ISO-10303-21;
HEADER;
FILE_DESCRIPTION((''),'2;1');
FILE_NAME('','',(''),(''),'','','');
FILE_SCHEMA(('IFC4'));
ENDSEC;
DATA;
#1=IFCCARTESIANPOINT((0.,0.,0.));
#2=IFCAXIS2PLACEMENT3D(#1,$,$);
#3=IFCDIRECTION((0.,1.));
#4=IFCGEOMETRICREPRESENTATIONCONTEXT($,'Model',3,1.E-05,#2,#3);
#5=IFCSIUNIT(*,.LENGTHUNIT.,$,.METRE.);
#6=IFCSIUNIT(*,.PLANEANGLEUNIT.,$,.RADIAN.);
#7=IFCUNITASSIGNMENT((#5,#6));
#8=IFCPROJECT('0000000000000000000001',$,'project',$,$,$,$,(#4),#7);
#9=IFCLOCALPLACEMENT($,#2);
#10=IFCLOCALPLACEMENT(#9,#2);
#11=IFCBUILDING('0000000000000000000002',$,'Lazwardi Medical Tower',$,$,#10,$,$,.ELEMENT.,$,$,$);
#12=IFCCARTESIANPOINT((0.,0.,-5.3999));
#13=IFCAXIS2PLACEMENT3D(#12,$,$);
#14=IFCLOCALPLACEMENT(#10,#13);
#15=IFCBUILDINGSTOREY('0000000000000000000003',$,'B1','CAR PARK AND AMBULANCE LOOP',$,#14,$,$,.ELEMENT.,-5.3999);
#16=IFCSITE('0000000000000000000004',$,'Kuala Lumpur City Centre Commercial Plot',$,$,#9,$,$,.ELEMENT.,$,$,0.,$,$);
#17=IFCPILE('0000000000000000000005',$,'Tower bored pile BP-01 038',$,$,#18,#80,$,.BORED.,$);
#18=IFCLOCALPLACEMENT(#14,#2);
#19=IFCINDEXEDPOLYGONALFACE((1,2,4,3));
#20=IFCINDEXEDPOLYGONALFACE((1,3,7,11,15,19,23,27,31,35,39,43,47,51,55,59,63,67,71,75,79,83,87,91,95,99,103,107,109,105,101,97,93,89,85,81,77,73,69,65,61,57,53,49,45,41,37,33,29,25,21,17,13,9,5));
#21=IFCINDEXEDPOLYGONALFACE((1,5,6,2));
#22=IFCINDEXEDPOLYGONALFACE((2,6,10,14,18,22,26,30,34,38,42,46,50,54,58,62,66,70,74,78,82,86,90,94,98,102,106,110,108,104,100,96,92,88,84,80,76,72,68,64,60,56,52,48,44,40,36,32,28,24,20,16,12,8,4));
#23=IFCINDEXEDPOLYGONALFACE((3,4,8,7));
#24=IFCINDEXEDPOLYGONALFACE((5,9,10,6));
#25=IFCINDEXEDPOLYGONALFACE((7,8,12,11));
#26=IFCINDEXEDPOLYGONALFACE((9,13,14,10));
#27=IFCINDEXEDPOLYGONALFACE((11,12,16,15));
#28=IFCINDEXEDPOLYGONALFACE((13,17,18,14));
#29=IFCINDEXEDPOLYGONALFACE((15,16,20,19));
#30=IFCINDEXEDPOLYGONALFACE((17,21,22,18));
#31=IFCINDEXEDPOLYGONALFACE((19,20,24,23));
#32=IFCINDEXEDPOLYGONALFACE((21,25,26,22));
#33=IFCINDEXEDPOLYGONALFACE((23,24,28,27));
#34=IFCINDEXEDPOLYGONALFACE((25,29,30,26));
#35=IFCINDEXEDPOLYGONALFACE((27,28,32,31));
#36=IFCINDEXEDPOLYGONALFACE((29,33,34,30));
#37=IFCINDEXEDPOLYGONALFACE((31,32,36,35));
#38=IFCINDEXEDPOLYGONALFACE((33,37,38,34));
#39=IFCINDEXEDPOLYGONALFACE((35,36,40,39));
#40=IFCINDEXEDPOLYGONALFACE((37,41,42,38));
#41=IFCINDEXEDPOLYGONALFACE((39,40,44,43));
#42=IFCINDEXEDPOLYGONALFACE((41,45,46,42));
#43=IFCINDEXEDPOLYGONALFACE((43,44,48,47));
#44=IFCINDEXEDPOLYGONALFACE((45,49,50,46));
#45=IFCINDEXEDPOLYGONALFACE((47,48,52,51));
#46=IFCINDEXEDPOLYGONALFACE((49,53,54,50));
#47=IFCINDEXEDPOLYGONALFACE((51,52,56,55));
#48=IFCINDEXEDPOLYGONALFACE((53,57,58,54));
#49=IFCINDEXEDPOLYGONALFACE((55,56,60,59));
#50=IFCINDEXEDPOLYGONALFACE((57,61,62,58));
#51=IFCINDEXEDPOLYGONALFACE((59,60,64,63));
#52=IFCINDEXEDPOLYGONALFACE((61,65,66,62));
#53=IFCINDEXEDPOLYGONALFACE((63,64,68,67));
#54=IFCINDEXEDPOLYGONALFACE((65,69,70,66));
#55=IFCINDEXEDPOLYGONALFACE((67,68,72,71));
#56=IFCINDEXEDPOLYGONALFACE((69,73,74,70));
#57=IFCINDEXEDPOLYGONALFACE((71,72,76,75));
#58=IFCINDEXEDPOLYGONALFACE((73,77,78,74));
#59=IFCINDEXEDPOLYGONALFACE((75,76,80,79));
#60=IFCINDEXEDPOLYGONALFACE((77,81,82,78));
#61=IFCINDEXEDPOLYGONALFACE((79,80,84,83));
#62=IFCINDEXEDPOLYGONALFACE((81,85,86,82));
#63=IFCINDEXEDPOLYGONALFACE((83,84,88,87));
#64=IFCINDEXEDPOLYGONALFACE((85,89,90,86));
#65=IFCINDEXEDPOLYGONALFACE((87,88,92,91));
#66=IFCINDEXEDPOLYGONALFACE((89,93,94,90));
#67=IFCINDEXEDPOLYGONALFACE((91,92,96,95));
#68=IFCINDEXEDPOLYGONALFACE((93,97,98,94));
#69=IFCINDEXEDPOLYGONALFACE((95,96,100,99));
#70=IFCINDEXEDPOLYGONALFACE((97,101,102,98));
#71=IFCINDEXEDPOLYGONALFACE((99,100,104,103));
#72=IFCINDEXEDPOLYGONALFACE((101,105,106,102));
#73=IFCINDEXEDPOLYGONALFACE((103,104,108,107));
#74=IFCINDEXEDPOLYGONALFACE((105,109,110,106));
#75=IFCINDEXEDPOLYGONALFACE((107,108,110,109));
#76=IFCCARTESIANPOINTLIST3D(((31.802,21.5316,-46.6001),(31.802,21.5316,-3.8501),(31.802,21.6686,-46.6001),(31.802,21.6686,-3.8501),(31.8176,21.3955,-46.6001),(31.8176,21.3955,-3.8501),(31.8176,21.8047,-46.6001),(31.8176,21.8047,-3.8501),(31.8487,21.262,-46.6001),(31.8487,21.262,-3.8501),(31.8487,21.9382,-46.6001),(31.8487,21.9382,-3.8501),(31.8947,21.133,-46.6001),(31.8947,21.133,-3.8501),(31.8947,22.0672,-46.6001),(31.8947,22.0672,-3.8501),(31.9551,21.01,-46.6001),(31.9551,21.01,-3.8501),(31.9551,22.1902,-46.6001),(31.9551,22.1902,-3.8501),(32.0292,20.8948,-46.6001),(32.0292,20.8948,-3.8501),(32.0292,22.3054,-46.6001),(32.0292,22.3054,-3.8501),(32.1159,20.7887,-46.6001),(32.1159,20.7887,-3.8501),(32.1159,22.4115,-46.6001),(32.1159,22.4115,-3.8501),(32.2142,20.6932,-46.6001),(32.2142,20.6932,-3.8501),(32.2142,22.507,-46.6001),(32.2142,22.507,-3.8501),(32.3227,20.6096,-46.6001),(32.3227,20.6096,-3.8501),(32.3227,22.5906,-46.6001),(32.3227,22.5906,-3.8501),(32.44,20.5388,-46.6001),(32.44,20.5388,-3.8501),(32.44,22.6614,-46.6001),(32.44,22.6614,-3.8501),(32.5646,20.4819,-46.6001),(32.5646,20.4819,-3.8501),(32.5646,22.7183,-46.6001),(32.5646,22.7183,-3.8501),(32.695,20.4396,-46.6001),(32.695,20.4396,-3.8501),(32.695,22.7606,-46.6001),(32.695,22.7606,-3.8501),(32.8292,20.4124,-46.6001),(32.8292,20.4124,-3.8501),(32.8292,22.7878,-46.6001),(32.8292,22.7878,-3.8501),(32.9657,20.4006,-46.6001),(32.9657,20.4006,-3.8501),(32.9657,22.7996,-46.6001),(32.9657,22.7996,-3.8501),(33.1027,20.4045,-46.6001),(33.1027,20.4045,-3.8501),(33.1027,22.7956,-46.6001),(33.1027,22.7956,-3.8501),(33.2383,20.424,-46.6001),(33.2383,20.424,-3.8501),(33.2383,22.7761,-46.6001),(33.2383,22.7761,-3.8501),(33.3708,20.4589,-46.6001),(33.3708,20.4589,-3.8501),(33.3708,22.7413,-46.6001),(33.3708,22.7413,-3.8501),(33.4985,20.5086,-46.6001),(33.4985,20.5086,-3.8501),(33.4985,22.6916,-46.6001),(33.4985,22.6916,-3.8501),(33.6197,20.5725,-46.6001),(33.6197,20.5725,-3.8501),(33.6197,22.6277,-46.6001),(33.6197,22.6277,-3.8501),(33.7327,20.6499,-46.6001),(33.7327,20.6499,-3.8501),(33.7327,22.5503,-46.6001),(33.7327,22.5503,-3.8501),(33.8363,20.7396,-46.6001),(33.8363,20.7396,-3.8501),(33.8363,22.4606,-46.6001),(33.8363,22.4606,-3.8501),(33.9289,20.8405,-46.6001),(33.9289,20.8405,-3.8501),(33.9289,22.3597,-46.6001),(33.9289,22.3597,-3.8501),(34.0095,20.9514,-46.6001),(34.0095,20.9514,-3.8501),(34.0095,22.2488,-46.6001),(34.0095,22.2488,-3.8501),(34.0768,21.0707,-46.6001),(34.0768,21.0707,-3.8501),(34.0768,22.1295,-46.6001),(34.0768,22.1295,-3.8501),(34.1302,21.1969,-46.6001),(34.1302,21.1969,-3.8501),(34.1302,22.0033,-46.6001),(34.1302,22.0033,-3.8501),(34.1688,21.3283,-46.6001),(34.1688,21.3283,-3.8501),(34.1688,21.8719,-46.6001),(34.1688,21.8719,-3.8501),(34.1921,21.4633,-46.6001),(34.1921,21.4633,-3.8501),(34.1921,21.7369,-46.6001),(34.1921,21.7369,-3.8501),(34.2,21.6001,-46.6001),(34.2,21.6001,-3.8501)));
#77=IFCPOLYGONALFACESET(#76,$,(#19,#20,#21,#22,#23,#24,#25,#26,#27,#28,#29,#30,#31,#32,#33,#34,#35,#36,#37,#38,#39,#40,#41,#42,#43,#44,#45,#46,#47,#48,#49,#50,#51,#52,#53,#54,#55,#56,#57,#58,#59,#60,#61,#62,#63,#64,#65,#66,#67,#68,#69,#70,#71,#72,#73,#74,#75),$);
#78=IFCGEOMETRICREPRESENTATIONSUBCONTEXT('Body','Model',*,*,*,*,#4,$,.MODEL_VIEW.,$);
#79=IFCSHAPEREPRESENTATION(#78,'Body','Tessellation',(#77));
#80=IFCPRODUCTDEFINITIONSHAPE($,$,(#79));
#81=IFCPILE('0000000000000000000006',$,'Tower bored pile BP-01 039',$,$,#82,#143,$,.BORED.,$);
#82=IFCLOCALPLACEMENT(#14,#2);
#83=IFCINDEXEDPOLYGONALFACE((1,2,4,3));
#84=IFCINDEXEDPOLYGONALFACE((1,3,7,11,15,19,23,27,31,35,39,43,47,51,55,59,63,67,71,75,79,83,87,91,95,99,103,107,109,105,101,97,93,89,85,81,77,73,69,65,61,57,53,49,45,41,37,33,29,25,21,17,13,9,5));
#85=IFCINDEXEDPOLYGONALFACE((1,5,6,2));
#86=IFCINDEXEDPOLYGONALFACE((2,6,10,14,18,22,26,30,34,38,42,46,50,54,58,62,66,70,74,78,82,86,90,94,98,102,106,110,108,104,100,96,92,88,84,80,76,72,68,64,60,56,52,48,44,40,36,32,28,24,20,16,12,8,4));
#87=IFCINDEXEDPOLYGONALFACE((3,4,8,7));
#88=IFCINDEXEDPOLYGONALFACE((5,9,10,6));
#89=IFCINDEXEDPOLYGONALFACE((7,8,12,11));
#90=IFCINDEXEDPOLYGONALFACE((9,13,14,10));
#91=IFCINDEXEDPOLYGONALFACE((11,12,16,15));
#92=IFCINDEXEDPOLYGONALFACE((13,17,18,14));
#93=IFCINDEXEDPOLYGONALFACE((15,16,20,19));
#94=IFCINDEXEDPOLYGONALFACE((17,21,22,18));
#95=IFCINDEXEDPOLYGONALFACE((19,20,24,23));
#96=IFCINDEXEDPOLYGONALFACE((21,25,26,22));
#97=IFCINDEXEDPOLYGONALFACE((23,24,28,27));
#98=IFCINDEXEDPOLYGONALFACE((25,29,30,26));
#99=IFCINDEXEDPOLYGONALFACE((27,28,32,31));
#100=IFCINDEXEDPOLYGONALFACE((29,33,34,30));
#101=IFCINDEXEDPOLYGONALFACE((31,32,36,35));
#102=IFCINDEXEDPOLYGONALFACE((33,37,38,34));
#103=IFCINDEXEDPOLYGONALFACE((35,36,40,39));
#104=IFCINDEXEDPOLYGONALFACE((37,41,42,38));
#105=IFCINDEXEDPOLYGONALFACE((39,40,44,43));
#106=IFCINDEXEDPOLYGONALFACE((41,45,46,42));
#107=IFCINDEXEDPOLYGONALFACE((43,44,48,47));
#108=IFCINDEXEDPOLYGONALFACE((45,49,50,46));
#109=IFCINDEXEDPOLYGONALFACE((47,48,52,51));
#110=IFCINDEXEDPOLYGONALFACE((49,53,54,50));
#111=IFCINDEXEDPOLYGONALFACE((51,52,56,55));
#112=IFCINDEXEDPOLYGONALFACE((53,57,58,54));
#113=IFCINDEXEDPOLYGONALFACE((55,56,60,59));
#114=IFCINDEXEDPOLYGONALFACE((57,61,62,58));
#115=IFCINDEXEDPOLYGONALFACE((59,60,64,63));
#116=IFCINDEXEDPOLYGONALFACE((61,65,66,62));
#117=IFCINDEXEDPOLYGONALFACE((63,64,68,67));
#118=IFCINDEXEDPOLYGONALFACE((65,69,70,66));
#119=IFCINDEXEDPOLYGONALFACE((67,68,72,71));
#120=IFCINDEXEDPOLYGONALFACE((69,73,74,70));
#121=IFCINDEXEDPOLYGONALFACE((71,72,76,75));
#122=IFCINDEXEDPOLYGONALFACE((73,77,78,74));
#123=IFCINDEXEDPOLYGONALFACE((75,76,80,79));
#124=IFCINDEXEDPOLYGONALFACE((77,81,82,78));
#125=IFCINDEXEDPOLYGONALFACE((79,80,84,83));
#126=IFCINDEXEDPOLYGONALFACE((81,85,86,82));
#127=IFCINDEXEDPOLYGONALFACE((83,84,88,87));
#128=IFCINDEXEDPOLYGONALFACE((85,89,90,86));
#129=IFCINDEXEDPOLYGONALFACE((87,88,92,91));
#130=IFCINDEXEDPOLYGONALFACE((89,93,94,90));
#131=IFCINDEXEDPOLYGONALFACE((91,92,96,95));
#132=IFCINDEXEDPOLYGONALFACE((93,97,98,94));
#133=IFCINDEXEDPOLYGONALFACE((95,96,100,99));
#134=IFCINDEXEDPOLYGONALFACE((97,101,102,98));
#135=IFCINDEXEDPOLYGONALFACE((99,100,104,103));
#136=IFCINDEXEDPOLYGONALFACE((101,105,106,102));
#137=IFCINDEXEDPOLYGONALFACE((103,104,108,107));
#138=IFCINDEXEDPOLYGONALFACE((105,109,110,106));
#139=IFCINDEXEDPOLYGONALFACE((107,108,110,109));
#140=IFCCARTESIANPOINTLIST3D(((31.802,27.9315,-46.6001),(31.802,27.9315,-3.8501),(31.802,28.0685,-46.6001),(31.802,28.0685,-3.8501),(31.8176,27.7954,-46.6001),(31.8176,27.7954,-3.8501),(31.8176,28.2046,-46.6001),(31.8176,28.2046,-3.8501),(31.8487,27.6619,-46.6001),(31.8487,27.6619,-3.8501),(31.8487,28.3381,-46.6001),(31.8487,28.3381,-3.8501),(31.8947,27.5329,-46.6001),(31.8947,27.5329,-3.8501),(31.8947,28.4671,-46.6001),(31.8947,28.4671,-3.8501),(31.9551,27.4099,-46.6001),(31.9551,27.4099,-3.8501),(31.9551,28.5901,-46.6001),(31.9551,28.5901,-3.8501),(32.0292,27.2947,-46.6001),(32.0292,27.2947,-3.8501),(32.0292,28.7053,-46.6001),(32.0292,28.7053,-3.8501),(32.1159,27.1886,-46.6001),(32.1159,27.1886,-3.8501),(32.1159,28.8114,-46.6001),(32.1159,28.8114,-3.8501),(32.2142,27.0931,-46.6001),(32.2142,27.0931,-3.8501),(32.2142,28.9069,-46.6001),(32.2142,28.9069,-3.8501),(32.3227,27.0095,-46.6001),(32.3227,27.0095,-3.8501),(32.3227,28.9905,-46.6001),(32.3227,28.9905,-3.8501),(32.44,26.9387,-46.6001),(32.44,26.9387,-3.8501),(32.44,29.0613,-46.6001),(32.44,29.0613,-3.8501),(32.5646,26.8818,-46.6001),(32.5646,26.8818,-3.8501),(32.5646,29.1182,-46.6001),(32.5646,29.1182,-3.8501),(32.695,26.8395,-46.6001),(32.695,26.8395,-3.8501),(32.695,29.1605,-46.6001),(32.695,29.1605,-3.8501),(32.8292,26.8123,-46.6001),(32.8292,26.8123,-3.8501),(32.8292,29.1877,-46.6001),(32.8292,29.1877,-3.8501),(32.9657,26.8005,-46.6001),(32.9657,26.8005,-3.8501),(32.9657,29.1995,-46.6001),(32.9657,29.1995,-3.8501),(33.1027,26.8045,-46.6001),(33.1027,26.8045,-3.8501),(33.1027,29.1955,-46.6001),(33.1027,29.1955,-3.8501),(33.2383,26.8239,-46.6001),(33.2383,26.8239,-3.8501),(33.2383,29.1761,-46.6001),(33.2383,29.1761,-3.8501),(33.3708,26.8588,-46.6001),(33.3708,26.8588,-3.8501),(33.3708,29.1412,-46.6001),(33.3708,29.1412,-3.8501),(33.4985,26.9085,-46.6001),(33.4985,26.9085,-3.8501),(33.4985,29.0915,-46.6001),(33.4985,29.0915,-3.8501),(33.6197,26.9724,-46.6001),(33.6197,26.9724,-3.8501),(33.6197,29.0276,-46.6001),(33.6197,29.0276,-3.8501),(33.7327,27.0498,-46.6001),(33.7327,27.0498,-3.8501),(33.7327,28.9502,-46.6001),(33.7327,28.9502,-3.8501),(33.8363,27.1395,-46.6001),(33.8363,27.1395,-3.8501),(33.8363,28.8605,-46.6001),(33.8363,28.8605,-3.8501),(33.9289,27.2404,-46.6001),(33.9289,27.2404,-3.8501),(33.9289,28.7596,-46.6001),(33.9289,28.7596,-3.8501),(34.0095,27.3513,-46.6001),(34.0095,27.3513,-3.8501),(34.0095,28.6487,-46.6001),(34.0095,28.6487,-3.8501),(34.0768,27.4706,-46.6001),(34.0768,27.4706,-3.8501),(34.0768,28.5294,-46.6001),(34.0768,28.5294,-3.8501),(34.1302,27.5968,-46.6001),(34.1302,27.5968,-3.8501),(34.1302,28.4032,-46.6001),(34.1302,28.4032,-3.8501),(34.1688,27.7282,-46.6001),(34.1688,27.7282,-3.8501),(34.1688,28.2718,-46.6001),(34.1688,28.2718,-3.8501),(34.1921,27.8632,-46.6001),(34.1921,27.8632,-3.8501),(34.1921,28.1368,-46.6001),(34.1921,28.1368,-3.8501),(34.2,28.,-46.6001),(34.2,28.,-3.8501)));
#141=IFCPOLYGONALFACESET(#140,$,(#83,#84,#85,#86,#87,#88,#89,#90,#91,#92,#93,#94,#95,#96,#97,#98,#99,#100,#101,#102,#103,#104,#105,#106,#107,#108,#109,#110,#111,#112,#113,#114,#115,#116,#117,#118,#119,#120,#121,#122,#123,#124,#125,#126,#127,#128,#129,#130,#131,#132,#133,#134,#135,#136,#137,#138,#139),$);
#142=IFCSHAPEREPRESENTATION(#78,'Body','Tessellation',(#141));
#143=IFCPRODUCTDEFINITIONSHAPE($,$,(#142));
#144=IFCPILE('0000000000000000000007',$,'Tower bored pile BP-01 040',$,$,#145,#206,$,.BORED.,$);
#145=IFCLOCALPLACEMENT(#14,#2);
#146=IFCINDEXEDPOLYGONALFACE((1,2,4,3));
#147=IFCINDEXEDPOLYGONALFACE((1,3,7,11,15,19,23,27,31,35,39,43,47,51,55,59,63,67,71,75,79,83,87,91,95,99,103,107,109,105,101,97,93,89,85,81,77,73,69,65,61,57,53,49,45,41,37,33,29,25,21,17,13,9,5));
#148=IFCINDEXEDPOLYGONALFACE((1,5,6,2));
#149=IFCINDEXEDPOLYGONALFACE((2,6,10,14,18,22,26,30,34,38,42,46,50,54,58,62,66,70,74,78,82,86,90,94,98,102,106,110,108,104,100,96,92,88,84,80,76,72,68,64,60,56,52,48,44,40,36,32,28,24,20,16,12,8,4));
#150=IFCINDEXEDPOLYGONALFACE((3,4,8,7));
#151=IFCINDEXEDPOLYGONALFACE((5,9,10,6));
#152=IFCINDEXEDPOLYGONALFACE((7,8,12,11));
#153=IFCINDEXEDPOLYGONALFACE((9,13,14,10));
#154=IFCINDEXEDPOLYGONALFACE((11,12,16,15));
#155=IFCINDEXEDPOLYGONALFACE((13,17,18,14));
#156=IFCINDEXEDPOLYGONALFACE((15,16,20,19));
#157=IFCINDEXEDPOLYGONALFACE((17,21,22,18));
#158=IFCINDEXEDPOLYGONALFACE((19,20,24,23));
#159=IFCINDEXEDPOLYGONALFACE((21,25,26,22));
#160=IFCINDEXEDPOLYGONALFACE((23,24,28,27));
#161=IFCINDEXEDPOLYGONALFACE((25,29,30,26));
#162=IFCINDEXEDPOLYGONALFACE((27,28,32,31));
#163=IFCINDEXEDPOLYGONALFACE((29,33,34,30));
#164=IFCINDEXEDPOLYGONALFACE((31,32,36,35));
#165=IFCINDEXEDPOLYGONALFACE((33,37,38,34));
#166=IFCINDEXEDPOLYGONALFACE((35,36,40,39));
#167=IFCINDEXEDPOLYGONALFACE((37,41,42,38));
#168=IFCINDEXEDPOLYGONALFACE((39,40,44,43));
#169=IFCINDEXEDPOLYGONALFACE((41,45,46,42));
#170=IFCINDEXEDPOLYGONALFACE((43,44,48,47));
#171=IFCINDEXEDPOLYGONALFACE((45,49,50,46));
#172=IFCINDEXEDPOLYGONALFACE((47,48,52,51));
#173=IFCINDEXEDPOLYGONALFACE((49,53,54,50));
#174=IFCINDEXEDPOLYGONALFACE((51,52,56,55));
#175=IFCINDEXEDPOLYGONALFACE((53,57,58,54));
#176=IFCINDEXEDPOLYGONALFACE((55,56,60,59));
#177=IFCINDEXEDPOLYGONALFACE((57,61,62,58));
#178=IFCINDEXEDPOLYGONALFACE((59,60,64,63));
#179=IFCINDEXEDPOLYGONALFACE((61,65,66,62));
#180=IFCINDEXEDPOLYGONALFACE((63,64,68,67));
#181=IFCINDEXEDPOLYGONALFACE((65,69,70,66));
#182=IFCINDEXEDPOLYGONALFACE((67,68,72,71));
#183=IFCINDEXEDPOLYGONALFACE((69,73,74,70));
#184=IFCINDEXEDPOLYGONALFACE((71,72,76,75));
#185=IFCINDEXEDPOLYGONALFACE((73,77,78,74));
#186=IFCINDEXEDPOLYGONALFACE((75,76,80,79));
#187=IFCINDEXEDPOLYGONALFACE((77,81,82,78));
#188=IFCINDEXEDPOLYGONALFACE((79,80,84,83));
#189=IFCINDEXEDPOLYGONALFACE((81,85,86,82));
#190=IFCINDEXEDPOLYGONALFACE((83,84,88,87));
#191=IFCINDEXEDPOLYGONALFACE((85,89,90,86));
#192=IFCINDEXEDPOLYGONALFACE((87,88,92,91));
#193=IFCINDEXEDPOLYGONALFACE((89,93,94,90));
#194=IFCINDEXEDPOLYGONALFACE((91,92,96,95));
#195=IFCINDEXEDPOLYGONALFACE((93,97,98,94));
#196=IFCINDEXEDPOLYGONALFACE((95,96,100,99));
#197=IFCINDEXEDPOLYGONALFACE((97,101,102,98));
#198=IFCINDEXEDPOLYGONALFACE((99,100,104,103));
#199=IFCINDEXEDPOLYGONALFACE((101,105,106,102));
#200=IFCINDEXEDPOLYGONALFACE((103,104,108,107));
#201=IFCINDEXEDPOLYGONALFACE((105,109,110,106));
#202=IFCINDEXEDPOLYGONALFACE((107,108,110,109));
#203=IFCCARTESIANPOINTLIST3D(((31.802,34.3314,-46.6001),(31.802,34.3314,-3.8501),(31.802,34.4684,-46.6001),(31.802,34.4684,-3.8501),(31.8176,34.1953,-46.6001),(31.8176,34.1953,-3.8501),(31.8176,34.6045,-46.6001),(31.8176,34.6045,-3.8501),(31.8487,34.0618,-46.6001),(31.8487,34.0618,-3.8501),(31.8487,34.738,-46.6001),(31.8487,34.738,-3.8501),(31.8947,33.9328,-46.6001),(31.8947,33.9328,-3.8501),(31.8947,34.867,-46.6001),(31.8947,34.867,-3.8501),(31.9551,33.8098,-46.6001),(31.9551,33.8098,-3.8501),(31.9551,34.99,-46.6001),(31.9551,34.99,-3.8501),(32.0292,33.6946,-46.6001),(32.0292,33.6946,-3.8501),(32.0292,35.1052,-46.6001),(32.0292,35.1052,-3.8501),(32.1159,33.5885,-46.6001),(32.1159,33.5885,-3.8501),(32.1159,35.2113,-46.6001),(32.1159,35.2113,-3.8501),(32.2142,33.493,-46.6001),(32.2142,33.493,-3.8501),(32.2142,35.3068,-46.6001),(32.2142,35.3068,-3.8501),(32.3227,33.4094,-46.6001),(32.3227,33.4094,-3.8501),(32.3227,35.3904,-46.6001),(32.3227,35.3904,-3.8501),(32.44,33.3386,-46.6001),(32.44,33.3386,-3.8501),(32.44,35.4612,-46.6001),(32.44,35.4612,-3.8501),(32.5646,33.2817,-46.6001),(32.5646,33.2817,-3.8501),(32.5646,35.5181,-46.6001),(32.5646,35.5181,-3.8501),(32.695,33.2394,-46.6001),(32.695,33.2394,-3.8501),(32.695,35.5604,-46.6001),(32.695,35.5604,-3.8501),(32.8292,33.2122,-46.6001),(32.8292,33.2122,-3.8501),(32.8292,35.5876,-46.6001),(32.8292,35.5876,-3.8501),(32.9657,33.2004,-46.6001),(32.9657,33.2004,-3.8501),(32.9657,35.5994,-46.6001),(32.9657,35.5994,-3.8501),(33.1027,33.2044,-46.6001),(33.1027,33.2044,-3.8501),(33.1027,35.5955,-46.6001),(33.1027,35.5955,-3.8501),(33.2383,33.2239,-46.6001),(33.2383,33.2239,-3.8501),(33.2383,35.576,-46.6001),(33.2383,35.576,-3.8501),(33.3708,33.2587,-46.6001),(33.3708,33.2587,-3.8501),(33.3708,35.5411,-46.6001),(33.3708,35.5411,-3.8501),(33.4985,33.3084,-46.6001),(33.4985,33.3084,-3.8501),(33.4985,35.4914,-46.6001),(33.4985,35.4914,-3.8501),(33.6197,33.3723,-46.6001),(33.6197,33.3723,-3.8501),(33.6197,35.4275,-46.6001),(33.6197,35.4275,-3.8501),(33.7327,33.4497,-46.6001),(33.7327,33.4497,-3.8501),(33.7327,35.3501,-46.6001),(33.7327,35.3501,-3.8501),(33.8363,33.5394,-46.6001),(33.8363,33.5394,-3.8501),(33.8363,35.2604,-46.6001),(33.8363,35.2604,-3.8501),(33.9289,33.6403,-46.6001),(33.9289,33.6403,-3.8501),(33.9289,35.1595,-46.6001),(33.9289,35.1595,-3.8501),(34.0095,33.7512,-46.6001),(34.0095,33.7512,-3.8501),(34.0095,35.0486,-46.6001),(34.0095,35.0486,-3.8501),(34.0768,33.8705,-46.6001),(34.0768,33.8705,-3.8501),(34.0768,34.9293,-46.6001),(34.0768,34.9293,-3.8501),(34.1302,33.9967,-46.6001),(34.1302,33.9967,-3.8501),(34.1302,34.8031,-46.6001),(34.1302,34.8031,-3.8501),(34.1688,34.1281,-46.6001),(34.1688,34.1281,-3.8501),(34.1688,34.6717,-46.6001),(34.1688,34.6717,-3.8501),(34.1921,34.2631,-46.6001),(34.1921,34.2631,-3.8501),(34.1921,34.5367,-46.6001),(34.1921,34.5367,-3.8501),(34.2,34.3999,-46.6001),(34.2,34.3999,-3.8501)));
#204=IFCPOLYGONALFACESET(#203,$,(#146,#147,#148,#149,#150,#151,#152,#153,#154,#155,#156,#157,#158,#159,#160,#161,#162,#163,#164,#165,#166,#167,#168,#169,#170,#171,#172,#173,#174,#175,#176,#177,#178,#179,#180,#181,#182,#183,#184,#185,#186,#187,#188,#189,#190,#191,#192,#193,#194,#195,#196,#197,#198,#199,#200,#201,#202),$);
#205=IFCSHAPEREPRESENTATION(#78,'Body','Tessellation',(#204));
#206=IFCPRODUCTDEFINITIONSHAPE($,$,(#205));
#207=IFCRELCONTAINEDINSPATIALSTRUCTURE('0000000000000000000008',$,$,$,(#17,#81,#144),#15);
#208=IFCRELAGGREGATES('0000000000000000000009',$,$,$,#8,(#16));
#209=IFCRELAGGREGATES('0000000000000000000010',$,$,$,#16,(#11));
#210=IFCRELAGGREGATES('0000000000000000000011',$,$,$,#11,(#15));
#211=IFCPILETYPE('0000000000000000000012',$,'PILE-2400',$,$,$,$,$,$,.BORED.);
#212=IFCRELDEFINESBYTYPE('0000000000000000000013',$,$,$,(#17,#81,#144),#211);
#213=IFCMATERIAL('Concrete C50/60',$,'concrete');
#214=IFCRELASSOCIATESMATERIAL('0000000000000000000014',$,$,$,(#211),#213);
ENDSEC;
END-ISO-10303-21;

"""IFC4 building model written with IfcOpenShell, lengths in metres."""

from ifc_helpers import new_model, si_unit, direction, frame, origin, origin_2d, place, context, subcontext, project, spatial, circle, extrude, material, material_profile, profile_set, type_object, element, save


model = new_model("IFC4")

# Units and contexts
model_context = context("Model", 3, precision=1e-05, world=origin(), true_north=direction((0.0, 1.0)))
body_context = subcontext(model_context, "Body", "Model", "MODEL_VIEW")
ifc_project = project(units=[si_unit("LENGTHUNIT", "METRE"), si_unit("PLANEANGLEUNIT", "RADIAN")], contexts=[model_context])

# Site, building, storey
site_placement = place(None, origin())
site = spatial("IfcSite", under=ifc_project, at=site_placement, Name="Kuala Lumpur City Centre Commercial Plot", CompositionType="ELEMENT", RefElevation=0.0)
building_placement = place(site_placement, origin())
building = spatial("IfcBuilding", under=site, at=building_placement, Name="Lazwardi Medical Tower", CompositionType="ELEMENT")
storey_placement = place(building_placement, frame((0.0, 0.0, -5.3999)))
storey = spatial("IfcBuildingStorey", under=building, at=storey_placement, Name="B1", Description="CAR PARK AND AMBULANCE LOOP", CompositionType="ELEMENT", Elevation=-5.3999)

# Piles
ifc_material_1 = material(Name="Concrete C50/60", Category="concrete")
ifc_material_profile = material_profile(ifc_material_1, circle(Radius=1.2, at=origin_2d()), Name="BORED PILE D2400")
ifc_profile_set = profile_set([ifc_material_profile], Name="Concrete C50/60")
pile_type = type_object("IfcPileType", Name="PILE-2400", PredefinedType="BORED", material=ifc_profile_set)
for number, where, z_axis, x_axis, name in (
    (1, (33.0, 21.6001, -3.8501), (0.0, 0.0, -1.0), (1.0, 0.0, 0.0), "Tower bored pile BP-01 038"),
    (2, (33.0, 28.0, -3.8501), (0.0, 0.0, -1.0), (1.0, 0.0, 0.0), "Tower bored pile BP-01 039"),
    (3, (33.0, 34.3999, -3.8501), (0.0, 0.0, -1.0), (1.0, 0.0, 0.0), "Tower bored pile BP-01 040"),
):
    element("IfcPile", number, at=place(storey_placement, frame(where, z_axis=z_axis, x_axis=x_axis)), inside=storey, type_object=pile_type, Name=name, PredefinedType="BORED", context=body_context, shape_type="SweptSolid", body=[
        extrude(circle(Radius=1.2, at=origin_2d()), origin(), (0.0, 0.0, 1.0), 42.75),
    ])

save(model, "model.ifc")
